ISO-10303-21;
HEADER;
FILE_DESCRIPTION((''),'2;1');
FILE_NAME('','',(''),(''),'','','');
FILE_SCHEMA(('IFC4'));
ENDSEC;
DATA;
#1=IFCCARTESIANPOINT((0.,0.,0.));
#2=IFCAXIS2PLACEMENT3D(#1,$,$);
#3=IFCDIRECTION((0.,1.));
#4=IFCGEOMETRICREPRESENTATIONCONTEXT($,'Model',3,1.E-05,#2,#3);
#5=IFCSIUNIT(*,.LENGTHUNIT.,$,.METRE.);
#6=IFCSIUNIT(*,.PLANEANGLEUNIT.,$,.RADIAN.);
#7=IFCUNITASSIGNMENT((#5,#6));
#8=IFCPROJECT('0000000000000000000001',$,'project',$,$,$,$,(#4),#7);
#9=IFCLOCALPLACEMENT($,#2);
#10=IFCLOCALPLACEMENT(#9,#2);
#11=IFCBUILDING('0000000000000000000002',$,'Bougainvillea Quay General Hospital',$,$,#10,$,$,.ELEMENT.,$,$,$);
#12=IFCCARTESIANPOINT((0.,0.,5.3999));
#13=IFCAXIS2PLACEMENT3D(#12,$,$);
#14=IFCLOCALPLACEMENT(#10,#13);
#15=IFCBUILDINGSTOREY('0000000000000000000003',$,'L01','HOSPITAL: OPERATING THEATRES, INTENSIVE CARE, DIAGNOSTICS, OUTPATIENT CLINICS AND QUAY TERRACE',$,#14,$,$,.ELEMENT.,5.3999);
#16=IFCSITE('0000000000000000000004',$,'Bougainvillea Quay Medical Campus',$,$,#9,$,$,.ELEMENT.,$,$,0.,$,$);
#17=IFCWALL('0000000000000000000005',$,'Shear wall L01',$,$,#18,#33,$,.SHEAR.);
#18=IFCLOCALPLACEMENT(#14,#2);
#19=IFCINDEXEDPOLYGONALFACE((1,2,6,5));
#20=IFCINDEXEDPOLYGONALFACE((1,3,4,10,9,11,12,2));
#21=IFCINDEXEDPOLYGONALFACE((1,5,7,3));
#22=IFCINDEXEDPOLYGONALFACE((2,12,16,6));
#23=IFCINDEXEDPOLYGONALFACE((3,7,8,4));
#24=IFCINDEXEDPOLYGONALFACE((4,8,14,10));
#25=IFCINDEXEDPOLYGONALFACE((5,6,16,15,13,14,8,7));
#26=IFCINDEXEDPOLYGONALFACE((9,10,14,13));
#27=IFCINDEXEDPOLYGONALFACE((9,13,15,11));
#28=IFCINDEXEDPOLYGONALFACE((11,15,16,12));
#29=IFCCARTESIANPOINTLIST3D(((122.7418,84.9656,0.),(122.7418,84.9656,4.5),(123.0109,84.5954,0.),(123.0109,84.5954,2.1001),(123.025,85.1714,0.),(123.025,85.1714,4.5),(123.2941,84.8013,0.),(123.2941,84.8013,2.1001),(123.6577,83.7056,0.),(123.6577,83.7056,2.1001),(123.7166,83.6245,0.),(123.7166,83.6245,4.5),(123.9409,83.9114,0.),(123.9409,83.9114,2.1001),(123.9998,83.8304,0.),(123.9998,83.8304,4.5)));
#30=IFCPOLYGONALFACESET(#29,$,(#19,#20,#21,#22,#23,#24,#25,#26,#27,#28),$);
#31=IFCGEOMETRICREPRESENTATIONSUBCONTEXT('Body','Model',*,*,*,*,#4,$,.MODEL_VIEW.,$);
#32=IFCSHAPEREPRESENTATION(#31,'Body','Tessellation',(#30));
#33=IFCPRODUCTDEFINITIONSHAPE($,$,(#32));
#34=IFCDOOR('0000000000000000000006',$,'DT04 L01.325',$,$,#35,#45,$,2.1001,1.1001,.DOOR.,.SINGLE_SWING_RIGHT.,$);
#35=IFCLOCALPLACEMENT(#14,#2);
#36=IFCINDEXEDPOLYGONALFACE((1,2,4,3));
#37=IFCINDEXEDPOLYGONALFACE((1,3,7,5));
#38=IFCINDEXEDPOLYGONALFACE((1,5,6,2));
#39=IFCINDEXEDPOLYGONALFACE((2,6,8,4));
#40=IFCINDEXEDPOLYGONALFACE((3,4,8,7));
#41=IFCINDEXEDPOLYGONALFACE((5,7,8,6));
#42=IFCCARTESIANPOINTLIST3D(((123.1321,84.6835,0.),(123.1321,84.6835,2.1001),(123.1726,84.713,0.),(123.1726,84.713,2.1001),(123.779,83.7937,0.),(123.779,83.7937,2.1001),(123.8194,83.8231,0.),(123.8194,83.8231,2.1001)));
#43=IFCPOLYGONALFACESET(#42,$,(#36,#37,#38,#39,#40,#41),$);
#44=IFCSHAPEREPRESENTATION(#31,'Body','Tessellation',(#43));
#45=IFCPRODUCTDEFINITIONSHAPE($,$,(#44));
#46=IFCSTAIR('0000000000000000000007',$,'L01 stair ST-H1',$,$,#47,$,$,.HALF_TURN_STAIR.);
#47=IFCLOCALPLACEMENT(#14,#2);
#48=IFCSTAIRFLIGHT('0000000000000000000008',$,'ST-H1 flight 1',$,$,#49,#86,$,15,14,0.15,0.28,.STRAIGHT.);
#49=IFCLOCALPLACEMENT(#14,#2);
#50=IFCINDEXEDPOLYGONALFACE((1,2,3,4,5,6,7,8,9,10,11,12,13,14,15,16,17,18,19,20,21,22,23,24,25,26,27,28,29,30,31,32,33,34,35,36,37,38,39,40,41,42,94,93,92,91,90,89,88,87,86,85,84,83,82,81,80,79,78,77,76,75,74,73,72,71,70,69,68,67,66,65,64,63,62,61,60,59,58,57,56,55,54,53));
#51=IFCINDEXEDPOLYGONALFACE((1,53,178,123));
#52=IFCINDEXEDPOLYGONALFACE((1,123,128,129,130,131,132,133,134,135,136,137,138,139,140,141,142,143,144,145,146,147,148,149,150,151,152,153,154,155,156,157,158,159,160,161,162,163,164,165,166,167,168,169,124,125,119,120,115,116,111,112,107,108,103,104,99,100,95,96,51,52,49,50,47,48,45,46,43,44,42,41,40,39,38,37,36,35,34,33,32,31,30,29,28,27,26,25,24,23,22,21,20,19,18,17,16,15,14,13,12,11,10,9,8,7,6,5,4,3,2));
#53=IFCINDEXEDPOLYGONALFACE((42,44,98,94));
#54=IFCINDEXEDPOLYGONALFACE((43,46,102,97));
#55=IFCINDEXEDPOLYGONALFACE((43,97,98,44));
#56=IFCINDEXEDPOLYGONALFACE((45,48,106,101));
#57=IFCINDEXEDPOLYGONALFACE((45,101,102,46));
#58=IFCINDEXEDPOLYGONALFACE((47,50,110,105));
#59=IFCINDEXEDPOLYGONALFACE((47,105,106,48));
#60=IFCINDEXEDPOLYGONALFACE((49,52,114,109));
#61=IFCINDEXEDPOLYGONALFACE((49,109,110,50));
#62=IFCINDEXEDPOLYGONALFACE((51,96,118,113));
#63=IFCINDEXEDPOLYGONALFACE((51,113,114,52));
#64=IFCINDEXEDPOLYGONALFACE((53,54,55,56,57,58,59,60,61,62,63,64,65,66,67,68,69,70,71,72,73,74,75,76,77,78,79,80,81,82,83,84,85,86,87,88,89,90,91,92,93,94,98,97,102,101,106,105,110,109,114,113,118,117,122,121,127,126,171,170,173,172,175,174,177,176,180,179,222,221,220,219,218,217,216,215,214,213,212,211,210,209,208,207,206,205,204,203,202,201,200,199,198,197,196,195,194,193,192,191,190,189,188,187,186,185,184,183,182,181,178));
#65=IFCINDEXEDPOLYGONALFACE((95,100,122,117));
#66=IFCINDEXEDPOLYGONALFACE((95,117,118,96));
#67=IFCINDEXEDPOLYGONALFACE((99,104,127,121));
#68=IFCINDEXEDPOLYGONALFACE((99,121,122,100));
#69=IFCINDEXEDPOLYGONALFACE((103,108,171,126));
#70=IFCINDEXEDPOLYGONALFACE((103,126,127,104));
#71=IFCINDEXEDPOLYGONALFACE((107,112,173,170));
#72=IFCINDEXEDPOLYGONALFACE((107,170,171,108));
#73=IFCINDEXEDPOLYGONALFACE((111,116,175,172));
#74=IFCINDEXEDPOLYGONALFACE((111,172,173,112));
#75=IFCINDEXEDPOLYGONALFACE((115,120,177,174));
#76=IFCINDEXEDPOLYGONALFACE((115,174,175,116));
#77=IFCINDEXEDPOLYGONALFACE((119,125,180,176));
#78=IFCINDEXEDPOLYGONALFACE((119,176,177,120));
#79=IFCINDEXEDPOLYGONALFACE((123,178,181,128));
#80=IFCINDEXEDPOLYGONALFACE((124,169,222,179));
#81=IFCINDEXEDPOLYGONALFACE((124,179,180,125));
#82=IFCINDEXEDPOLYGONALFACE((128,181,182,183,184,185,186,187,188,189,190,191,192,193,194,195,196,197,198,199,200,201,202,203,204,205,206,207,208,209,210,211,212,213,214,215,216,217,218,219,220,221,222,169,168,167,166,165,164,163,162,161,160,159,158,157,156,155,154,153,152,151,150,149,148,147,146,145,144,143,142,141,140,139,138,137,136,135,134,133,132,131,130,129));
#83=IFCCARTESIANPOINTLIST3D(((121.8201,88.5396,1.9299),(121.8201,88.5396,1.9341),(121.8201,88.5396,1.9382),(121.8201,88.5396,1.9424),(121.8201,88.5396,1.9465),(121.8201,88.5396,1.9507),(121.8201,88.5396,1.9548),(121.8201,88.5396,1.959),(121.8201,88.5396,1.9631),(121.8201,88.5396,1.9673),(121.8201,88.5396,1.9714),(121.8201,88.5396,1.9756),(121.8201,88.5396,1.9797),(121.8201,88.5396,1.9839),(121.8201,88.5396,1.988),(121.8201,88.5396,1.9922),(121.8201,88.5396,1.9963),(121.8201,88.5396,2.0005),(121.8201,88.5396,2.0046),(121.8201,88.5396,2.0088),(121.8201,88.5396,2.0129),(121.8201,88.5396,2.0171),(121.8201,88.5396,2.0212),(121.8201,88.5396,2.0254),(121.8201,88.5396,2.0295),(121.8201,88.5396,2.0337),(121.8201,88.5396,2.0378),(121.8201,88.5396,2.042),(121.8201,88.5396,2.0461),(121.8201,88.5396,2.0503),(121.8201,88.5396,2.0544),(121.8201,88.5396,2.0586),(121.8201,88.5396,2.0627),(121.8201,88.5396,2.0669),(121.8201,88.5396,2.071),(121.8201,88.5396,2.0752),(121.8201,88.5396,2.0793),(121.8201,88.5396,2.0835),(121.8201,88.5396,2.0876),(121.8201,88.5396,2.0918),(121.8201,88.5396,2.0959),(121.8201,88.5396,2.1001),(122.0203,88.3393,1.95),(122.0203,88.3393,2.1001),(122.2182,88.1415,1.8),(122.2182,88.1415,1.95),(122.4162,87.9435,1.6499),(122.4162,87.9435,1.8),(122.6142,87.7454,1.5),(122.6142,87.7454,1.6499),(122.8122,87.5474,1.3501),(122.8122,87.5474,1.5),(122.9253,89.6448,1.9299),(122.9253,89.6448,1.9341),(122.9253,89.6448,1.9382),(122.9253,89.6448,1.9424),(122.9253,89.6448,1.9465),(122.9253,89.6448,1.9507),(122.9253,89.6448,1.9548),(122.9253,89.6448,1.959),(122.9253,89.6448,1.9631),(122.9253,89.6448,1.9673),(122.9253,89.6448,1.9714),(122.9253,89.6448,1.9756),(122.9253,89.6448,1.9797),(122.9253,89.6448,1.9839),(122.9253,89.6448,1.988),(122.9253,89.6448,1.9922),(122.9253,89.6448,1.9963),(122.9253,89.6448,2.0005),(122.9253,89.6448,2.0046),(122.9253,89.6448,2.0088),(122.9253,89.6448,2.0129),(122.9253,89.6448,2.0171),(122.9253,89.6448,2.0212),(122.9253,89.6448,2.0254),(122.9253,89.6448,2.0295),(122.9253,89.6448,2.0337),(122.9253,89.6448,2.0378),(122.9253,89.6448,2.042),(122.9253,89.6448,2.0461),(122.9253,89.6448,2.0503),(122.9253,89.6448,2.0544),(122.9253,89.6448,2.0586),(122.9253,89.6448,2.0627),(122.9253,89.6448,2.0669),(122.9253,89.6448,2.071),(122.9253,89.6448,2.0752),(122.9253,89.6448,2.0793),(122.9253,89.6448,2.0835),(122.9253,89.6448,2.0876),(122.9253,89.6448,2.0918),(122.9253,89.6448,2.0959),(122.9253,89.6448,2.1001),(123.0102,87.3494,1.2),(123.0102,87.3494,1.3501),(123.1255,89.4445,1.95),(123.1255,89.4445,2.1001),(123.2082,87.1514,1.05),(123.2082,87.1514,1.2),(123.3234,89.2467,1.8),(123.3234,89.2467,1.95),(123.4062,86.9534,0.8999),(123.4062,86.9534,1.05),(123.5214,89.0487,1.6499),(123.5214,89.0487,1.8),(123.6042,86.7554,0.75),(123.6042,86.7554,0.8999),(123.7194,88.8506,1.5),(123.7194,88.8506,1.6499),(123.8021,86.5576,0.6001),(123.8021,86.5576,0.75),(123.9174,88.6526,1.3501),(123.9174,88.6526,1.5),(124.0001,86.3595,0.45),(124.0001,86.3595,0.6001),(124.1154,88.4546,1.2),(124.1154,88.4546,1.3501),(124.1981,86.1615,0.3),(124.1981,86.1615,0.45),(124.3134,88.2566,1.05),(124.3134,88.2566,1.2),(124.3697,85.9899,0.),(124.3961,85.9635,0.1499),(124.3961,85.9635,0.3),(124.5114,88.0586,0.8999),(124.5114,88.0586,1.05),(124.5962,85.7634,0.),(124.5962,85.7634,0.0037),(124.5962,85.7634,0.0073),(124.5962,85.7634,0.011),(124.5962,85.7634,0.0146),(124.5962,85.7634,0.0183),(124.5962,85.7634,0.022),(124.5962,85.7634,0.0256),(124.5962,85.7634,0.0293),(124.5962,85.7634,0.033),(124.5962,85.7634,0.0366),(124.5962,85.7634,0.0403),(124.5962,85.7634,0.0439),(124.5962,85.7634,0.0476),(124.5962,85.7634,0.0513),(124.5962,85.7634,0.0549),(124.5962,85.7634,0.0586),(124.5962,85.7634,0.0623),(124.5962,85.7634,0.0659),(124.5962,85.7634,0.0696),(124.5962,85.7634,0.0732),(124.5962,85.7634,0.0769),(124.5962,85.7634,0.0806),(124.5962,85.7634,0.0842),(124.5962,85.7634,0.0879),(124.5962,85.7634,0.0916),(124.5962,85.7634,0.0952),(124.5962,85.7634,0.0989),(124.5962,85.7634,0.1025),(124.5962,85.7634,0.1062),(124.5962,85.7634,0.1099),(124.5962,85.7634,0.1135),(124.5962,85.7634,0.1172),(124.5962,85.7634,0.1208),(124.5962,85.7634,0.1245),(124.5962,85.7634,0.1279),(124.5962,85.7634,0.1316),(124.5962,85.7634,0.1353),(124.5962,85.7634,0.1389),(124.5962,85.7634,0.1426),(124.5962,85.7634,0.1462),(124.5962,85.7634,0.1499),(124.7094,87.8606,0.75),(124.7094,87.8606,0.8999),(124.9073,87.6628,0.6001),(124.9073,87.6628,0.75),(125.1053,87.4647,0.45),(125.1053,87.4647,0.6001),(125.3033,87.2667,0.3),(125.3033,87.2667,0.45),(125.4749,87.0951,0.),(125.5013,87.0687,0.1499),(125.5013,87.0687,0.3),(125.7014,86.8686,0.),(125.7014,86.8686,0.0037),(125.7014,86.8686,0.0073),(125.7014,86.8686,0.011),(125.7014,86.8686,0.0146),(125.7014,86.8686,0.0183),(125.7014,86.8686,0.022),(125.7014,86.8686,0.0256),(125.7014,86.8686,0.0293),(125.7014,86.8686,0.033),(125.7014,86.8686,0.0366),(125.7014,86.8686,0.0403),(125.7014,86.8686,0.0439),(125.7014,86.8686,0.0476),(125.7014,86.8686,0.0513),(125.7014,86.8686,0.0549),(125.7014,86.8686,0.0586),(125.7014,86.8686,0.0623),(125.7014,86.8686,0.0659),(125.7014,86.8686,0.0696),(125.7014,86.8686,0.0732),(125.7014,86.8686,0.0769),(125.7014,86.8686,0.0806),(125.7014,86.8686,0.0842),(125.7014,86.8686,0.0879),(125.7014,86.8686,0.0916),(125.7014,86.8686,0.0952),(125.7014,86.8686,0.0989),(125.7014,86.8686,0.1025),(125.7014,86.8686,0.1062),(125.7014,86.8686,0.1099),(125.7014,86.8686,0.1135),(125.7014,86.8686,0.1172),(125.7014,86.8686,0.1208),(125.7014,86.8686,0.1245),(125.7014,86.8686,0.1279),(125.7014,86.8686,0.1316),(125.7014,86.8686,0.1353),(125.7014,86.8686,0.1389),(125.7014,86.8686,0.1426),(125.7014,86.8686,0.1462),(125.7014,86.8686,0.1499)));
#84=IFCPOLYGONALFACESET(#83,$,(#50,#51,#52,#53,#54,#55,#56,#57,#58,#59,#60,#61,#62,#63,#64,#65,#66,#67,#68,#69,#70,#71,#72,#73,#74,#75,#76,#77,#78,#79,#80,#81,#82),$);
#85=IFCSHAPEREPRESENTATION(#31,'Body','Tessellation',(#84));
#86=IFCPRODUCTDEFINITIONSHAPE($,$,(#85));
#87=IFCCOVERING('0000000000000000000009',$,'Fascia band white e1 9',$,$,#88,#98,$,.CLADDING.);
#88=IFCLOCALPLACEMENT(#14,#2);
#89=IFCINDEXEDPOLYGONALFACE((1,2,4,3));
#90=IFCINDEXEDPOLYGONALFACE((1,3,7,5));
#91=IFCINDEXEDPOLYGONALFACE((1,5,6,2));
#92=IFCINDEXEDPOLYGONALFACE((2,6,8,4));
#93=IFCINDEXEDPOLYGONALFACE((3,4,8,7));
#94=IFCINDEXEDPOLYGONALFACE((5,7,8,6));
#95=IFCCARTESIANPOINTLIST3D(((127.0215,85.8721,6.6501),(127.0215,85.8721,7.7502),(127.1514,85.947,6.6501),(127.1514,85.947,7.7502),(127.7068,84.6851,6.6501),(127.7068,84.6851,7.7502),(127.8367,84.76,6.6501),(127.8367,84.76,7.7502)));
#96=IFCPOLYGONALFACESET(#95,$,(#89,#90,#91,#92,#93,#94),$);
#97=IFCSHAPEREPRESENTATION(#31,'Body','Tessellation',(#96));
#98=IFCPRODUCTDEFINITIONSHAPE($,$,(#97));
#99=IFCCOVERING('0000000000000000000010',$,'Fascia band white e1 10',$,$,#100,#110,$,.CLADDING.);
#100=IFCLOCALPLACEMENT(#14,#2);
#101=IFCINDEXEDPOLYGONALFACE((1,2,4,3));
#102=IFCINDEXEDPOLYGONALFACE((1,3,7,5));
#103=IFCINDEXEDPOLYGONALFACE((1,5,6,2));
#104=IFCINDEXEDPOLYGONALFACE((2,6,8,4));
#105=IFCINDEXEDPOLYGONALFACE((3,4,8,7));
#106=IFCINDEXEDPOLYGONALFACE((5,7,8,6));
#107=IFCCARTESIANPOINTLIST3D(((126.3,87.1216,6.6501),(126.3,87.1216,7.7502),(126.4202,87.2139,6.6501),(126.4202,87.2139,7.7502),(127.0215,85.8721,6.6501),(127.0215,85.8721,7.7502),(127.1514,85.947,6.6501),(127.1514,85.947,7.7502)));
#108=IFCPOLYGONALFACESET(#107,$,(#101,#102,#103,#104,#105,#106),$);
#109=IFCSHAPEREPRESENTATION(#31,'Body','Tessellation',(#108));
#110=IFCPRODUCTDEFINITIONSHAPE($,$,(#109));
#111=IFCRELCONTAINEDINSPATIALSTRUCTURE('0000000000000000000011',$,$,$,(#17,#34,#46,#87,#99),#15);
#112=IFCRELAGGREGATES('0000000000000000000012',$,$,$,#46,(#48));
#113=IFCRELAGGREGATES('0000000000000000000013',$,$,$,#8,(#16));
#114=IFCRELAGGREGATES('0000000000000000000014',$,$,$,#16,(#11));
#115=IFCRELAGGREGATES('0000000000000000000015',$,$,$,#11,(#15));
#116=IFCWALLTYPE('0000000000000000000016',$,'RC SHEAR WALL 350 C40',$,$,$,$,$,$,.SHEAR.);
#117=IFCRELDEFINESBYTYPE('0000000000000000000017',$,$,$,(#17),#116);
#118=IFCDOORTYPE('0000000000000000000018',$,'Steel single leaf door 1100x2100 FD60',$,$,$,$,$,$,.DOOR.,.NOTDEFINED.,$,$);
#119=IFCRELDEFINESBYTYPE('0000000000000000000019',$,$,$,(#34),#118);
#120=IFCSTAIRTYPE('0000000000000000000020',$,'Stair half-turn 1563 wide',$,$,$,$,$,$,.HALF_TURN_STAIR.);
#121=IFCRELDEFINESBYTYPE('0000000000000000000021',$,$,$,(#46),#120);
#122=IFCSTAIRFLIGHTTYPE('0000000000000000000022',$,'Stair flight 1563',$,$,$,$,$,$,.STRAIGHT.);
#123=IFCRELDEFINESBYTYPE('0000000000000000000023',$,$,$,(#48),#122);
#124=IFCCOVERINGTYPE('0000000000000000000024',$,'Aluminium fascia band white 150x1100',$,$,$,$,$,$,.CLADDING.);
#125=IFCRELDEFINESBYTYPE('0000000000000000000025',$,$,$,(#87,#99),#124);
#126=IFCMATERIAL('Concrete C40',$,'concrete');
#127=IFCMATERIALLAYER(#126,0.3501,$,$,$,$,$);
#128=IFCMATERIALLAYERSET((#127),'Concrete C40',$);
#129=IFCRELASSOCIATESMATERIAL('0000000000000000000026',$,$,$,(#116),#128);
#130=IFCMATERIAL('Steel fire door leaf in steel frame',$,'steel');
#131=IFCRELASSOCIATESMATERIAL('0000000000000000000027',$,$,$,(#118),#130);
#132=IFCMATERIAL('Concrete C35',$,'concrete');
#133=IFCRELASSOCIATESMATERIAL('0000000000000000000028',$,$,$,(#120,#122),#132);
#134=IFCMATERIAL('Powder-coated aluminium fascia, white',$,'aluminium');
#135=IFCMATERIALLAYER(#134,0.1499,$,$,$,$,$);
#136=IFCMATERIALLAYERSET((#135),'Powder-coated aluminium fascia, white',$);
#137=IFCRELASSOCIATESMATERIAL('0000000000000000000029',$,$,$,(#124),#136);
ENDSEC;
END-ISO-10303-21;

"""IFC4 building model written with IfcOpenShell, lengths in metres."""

from ifc_helpers import new_model, si_unit, direction, frame, frame_2d, origin, place, context, subcontext, project, spatial, polyline, rectangle, outline, extrude, material, layer, layer_set, type_object, element, fill, aggregate, save


model = new_model("IFC4")

# Units and contexts
model_context = context("Model", 3, precision=1e-05, world=origin(), true_north=direction((0.0, 1.0)))
body_context = subcontext(model_context, "Body", "Model", "MODEL_VIEW")
ifc_project = project(units=[si_unit("LENGTHUNIT", "METRE"), si_unit("PLANEANGLEUNIT", "RADIAN")], contexts=[model_context])

# Site, building, storey
site_placement = place(None, origin())
site = spatial("IfcSite", under=ifc_project, at=site_placement, Name="Bougainvillea Quay Medical Campus", CompositionType="ELEMENT", RefElevation=0.0)
building_placement = place(site_placement, origin())
building = spatial("IfcBuilding", under=site, at=building_placement, Name="Bougainvillea Quay General Hospital", CompositionType="ELEMENT")
storey_placement = place(building_placement, frame((0.0, 0.0, 5.3999)))
storey = spatial("IfcBuildingStorey", under=building, at=storey_placement, Name="L01", Description="HOSPITAL: OPERATING THEATRES, INTENSIVE CARE, DIAGNOSTICS, OUTPATIENT CLINICS AND QUAY TERRACE", CompositionType="ELEMENT", Elevation=5.3999)

# Wall, opening, door
ifc_material_1 = material(Name="Concrete C40", Category="concrete")
ifc_layer_1 = layer(ifc_material_1, 0.3501)
ifc_layer_set_1 = layer_set([ifc_layer_1], Name="Concrete C40")
wall_type = type_object("IfcWallType", Name="RC SHEAR WALL 350 C40", PredefinedType="SHEAR", material=ifc_layer_set_1)
wall_placement = place(storey_placement, frame((122.8833, 85.0686, 0.0), z_axis=(0.0, 0.0, 1.0), x_axis=(0.587988, -0.80887, 0.0)))
wall = element("IfcWall", 1, at=wall_placement, inside=storey, type_object=wall_type, Name="Shear wall L01", PredefinedType="SHEAR", context=body_context, shape_type="SweptSolid", body=[
    extrude(rectangle(XDim=1.658, YDim=0.3501, at=frame_2d((0.8291, 0.0))), origin(), (0.0, 0.0, 1.0), 4.5),
])
opening_placement = place(wall_placement, frame((0.4578, 0.0, 0.0)))
opening = element("IfcOpeningElement", 2, at=opening_placement, cuts=wall, PredefinedType="OPENING", context=body_context, shape_type="SweptSolid", body=[
    extrude(rectangle(XDim=1.1001, YDim=2.1001, at=frame_2d((0.55, 1.05))), frame((0.0, 0.1851, 0.0), z_axis=(0.0, -1.0, 0.0), x_axis=(1.0, 0.0, 0.0)), (0.0, 0.0, 1.0), 0.3701),
])
ifc_material_2 = material(Name="Steel fire door leaf in steel frame", Category="steel")
door_type = type_object("IfcDoorType", Name="Steel single leaf door 1100x2100 FD60", OperationType="NOTDEFINED", PredefinedType="DOOR", material=ifc_material_2)
door_placement = place(opening_placement, origin())
door = element("IfcDoor", 3, at=door_placement, inside=storey, type_object=door_type, Name="DT04 L01.325", OperationType="SINGLE_SWING_RIGHT", OverallHeight=2.1001, OverallWidth=1.1001, PredefinedType="DOOR", context=body_context, shape_type="SweptSolid", body=[
    extrude(rectangle(XDim=1.1001, YDim=2.1001, at=frame_2d((0.55, 1.05))), frame((0.0, 0.0249, 0.0), z_axis=(0.0, -1.0, 0.0), x_axis=(1.0, 0.0, 0.0)), (0.0, 0.0, 1.0), 0.05),
])
fill(opening, door)

# Stair, stair flight
ifc_material_3 = material(Name="Concrete C35", Category="concrete")
stair_type = type_object("IfcStairType", Name="Stair half-turn 1563 wide", PredefinedType="HALF_TURN_STAIR", material=ifc_material_3)
stair_placement = place(storey_placement, origin())
stair = element("IfcStair", 4, at=stair_placement, inside=storey, type_object=stair_type, Name="L01 stair ST-H1", PredefinedType="HALF_TURN_STAIR")
stair_flight_type = type_object("IfcStairFlightType", Name="Stair flight 1563", PredefinedType="STRAIGHT", material=ifc_material_3)
stair_flight_placement = place(storey_placement, frame((125.1467, 86.3181, 0.0), z_axis=(0.0, 0.0, 1.0), x_axis=(-0.707107, 0.707107, 0.0)))
stair_flight = element("IfcStairFlight", 5, at=stair_flight_placement, type_object=stair_flight_type, Name="ST-H1 flight 1", NumberOfRisers=15, NumberOfTreads=14, PredefinedType="STRAIGHT", RiserHeight=0.15, TreadLength=0.28, context=body_context, shape_type="SweptSolid", body=[
    extrude(outline(polyline([(-0.0029, 0.0), (-0.0029, 0.0037), (-0.0029, 0.0073), (-0.0029, 0.011), (-0.0029, 0.0146), (-0.0029, 0.0183), (-0.0029, 0.022), (-0.0029, 0.0256), (-0.0029, 0.0293), (-0.0029, 0.033), (-0.0029, 0.0366), (-0.0029, 0.0403), (-0.0029, 0.0439), (-0.0029, 0.0476), (-0.0029, 0.0513), (-0.0029, 0.0549), (-0.0029, 0.0586), (-0.0029, 0.0623), (-0.0029, 0.0659), (-0.0029, 0.0696), (-0.0029, 0.0732), (-0.0029, 0.0769), (-0.0029, 0.0806), (-0.0029, 0.0842), (-0.0029, 0.0879), (-0.0029, 0.0916), (-0.0029, 0.0952), (-0.0029, 0.0989), (-0.0029, 0.1025), (-0.0029, 0.1062), (-0.0029, 0.1099), (-0.0029, 0.1135), (-0.0029, 0.1172), (-0.0029, 0.1208), (-0.0029, 0.1245), (-0.0029, 0.1279), (-0.0029, 0.1316), (-0.0029, 0.1353), (-0.0029, 0.1389), (-0.0029, 0.1426), (-0.0029, 0.1462), (-0.0029, 0.1499), (0.28, 0.1499), (0.28, 0.3), (0.5601, 0.3), (0.5601, 0.45), (0.8401, 0.45), (0.8401, 0.6001), (1.1201, 0.6001), (1.1201, 0.75), (1.3999, 0.75), (1.3999, 0.8999), (1.6799, 0.8999), (1.6799, 1.05), (1.96, 1.05), (1.96, 1.2), (2.24, 1.2), (2.24, 1.3501), (2.52, 1.3501), (2.52, 1.5), (2.8, 1.5), (2.8, 1.6499), (3.0801, 1.6499), (3.0801, 1.8), (3.3601, 1.8), (3.3601, 1.95), (3.6399, 1.95), (3.6399, 2.1001), (3.9231, 2.1001), (3.9231, 2.0959), (3.9231, 2.0918), (3.9231, 2.0876), (3.9231, 2.0835), (3.9231, 2.0793), (3.9231, 2.0752), (3.9231, 2.071), (3.9231, 2.0669), (3.9231, 2.0627), (3.9231, 2.0586), (3.9231, 2.0544), (3.9231, 2.0503), (3.9231, 2.0461), (3.9231, 2.042), (3.9231, 2.0378), (3.9231, 2.0337), (3.9231, 2.0295), (3.9231, 2.0254), (3.9231, 2.0212), (3.9231, 2.0171), (3.9231, 2.0129), (3.9231, 2.0088), (3.9231, 2.0046), (3.9231, 2.0005), (3.9231, 1.9963), (3.9231, 1.9922), (3.9231, 1.988), (3.9231, 1.9839), (3.9231, 1.9797), (3.9231, 1.9756), (3.9231, 1.9714), (3.9231, 1.9673), (3.9231, 1.9631), (3.9231, 1.959), (3.9231, 1.9548), (3.9231, 1.9507), (3.9231, 1.9465), (3.9231, 1.9424), (3.9231, 1.9382), (3.9231, 1.9341), (3.9231, 1.9299), (0.3174, 0.0), (-0.0029, 0.0)])), frame((0.0, 0.7815, 0.0), z_axis=(0.0, -1.0, 0.0), x_axis=(1.0, 0.0, 0.0)), (0.0, 0.0, 1.0), 1.563),
])
aggregate(stair, [stair_flight])

# Coverings
ifc_material_4 = material(Name="Powder-coated aluminium fascia, white", Category="aluminium")
ifc_layer_2 = layer(ifc_material_4, 0.1499)
ifc_layer_set_2 = layer_set([ifc_layer_2], Name="Powder-coated aluminium fascia, white")
covering_type = type_object("IfcCoveringType", Name="Aluminium fascia band white 150x1100", PredefinedType="CLADDING", material=ifc_layer_set_2)
covering_1_placement = place(storey_placement, frame((127.7068, 84.6851, 6.6501), z_axis=(0.0, 0.0, 1.0), x_axis=(-0.49999, 0.866031, 0.0)))
element("IfcCovering", 6, at=covering_1_placement, inside=storey, type_object=covering_type, Name="Fascia band white e1 9", PredefinedType="CLADDING", context=body_context, shape_type="SweptSolid", body=[
    extrude(outline(polyline([(0.0, 0.0), (1.3706, 0.0), (1.3706, -0.15), (0.0, -0.15), (0.0, 0.0)])), origin(), (0.0, 0.0, 1.0), 1.1001),
])
covering_2_placement = place(storey_placement, frame((127.0215, 85.8721, 6.6501), z_axis=(0.0, 0.0, 1.0), x_axis=(-0.500015, 0.866017, 0.0)))
element("IfcCovering", 7, at=covering_2_placement, inside=storey, type_object=covering_type, Name="Fascia band white e1 10", PredefinedType="CLADDING", context=body_context, shape_type="SweptSolid", body=[
    extrude(outline(polyline([(0.0, 0.0), (1.4428, 0.0), (1.4627, -0.1502), (0.0, -0.15), (0.0, 0.0)])), origin(), (0.0, 0.0, 1.0), 1.1001),
])

save(model, "model.ifc")
